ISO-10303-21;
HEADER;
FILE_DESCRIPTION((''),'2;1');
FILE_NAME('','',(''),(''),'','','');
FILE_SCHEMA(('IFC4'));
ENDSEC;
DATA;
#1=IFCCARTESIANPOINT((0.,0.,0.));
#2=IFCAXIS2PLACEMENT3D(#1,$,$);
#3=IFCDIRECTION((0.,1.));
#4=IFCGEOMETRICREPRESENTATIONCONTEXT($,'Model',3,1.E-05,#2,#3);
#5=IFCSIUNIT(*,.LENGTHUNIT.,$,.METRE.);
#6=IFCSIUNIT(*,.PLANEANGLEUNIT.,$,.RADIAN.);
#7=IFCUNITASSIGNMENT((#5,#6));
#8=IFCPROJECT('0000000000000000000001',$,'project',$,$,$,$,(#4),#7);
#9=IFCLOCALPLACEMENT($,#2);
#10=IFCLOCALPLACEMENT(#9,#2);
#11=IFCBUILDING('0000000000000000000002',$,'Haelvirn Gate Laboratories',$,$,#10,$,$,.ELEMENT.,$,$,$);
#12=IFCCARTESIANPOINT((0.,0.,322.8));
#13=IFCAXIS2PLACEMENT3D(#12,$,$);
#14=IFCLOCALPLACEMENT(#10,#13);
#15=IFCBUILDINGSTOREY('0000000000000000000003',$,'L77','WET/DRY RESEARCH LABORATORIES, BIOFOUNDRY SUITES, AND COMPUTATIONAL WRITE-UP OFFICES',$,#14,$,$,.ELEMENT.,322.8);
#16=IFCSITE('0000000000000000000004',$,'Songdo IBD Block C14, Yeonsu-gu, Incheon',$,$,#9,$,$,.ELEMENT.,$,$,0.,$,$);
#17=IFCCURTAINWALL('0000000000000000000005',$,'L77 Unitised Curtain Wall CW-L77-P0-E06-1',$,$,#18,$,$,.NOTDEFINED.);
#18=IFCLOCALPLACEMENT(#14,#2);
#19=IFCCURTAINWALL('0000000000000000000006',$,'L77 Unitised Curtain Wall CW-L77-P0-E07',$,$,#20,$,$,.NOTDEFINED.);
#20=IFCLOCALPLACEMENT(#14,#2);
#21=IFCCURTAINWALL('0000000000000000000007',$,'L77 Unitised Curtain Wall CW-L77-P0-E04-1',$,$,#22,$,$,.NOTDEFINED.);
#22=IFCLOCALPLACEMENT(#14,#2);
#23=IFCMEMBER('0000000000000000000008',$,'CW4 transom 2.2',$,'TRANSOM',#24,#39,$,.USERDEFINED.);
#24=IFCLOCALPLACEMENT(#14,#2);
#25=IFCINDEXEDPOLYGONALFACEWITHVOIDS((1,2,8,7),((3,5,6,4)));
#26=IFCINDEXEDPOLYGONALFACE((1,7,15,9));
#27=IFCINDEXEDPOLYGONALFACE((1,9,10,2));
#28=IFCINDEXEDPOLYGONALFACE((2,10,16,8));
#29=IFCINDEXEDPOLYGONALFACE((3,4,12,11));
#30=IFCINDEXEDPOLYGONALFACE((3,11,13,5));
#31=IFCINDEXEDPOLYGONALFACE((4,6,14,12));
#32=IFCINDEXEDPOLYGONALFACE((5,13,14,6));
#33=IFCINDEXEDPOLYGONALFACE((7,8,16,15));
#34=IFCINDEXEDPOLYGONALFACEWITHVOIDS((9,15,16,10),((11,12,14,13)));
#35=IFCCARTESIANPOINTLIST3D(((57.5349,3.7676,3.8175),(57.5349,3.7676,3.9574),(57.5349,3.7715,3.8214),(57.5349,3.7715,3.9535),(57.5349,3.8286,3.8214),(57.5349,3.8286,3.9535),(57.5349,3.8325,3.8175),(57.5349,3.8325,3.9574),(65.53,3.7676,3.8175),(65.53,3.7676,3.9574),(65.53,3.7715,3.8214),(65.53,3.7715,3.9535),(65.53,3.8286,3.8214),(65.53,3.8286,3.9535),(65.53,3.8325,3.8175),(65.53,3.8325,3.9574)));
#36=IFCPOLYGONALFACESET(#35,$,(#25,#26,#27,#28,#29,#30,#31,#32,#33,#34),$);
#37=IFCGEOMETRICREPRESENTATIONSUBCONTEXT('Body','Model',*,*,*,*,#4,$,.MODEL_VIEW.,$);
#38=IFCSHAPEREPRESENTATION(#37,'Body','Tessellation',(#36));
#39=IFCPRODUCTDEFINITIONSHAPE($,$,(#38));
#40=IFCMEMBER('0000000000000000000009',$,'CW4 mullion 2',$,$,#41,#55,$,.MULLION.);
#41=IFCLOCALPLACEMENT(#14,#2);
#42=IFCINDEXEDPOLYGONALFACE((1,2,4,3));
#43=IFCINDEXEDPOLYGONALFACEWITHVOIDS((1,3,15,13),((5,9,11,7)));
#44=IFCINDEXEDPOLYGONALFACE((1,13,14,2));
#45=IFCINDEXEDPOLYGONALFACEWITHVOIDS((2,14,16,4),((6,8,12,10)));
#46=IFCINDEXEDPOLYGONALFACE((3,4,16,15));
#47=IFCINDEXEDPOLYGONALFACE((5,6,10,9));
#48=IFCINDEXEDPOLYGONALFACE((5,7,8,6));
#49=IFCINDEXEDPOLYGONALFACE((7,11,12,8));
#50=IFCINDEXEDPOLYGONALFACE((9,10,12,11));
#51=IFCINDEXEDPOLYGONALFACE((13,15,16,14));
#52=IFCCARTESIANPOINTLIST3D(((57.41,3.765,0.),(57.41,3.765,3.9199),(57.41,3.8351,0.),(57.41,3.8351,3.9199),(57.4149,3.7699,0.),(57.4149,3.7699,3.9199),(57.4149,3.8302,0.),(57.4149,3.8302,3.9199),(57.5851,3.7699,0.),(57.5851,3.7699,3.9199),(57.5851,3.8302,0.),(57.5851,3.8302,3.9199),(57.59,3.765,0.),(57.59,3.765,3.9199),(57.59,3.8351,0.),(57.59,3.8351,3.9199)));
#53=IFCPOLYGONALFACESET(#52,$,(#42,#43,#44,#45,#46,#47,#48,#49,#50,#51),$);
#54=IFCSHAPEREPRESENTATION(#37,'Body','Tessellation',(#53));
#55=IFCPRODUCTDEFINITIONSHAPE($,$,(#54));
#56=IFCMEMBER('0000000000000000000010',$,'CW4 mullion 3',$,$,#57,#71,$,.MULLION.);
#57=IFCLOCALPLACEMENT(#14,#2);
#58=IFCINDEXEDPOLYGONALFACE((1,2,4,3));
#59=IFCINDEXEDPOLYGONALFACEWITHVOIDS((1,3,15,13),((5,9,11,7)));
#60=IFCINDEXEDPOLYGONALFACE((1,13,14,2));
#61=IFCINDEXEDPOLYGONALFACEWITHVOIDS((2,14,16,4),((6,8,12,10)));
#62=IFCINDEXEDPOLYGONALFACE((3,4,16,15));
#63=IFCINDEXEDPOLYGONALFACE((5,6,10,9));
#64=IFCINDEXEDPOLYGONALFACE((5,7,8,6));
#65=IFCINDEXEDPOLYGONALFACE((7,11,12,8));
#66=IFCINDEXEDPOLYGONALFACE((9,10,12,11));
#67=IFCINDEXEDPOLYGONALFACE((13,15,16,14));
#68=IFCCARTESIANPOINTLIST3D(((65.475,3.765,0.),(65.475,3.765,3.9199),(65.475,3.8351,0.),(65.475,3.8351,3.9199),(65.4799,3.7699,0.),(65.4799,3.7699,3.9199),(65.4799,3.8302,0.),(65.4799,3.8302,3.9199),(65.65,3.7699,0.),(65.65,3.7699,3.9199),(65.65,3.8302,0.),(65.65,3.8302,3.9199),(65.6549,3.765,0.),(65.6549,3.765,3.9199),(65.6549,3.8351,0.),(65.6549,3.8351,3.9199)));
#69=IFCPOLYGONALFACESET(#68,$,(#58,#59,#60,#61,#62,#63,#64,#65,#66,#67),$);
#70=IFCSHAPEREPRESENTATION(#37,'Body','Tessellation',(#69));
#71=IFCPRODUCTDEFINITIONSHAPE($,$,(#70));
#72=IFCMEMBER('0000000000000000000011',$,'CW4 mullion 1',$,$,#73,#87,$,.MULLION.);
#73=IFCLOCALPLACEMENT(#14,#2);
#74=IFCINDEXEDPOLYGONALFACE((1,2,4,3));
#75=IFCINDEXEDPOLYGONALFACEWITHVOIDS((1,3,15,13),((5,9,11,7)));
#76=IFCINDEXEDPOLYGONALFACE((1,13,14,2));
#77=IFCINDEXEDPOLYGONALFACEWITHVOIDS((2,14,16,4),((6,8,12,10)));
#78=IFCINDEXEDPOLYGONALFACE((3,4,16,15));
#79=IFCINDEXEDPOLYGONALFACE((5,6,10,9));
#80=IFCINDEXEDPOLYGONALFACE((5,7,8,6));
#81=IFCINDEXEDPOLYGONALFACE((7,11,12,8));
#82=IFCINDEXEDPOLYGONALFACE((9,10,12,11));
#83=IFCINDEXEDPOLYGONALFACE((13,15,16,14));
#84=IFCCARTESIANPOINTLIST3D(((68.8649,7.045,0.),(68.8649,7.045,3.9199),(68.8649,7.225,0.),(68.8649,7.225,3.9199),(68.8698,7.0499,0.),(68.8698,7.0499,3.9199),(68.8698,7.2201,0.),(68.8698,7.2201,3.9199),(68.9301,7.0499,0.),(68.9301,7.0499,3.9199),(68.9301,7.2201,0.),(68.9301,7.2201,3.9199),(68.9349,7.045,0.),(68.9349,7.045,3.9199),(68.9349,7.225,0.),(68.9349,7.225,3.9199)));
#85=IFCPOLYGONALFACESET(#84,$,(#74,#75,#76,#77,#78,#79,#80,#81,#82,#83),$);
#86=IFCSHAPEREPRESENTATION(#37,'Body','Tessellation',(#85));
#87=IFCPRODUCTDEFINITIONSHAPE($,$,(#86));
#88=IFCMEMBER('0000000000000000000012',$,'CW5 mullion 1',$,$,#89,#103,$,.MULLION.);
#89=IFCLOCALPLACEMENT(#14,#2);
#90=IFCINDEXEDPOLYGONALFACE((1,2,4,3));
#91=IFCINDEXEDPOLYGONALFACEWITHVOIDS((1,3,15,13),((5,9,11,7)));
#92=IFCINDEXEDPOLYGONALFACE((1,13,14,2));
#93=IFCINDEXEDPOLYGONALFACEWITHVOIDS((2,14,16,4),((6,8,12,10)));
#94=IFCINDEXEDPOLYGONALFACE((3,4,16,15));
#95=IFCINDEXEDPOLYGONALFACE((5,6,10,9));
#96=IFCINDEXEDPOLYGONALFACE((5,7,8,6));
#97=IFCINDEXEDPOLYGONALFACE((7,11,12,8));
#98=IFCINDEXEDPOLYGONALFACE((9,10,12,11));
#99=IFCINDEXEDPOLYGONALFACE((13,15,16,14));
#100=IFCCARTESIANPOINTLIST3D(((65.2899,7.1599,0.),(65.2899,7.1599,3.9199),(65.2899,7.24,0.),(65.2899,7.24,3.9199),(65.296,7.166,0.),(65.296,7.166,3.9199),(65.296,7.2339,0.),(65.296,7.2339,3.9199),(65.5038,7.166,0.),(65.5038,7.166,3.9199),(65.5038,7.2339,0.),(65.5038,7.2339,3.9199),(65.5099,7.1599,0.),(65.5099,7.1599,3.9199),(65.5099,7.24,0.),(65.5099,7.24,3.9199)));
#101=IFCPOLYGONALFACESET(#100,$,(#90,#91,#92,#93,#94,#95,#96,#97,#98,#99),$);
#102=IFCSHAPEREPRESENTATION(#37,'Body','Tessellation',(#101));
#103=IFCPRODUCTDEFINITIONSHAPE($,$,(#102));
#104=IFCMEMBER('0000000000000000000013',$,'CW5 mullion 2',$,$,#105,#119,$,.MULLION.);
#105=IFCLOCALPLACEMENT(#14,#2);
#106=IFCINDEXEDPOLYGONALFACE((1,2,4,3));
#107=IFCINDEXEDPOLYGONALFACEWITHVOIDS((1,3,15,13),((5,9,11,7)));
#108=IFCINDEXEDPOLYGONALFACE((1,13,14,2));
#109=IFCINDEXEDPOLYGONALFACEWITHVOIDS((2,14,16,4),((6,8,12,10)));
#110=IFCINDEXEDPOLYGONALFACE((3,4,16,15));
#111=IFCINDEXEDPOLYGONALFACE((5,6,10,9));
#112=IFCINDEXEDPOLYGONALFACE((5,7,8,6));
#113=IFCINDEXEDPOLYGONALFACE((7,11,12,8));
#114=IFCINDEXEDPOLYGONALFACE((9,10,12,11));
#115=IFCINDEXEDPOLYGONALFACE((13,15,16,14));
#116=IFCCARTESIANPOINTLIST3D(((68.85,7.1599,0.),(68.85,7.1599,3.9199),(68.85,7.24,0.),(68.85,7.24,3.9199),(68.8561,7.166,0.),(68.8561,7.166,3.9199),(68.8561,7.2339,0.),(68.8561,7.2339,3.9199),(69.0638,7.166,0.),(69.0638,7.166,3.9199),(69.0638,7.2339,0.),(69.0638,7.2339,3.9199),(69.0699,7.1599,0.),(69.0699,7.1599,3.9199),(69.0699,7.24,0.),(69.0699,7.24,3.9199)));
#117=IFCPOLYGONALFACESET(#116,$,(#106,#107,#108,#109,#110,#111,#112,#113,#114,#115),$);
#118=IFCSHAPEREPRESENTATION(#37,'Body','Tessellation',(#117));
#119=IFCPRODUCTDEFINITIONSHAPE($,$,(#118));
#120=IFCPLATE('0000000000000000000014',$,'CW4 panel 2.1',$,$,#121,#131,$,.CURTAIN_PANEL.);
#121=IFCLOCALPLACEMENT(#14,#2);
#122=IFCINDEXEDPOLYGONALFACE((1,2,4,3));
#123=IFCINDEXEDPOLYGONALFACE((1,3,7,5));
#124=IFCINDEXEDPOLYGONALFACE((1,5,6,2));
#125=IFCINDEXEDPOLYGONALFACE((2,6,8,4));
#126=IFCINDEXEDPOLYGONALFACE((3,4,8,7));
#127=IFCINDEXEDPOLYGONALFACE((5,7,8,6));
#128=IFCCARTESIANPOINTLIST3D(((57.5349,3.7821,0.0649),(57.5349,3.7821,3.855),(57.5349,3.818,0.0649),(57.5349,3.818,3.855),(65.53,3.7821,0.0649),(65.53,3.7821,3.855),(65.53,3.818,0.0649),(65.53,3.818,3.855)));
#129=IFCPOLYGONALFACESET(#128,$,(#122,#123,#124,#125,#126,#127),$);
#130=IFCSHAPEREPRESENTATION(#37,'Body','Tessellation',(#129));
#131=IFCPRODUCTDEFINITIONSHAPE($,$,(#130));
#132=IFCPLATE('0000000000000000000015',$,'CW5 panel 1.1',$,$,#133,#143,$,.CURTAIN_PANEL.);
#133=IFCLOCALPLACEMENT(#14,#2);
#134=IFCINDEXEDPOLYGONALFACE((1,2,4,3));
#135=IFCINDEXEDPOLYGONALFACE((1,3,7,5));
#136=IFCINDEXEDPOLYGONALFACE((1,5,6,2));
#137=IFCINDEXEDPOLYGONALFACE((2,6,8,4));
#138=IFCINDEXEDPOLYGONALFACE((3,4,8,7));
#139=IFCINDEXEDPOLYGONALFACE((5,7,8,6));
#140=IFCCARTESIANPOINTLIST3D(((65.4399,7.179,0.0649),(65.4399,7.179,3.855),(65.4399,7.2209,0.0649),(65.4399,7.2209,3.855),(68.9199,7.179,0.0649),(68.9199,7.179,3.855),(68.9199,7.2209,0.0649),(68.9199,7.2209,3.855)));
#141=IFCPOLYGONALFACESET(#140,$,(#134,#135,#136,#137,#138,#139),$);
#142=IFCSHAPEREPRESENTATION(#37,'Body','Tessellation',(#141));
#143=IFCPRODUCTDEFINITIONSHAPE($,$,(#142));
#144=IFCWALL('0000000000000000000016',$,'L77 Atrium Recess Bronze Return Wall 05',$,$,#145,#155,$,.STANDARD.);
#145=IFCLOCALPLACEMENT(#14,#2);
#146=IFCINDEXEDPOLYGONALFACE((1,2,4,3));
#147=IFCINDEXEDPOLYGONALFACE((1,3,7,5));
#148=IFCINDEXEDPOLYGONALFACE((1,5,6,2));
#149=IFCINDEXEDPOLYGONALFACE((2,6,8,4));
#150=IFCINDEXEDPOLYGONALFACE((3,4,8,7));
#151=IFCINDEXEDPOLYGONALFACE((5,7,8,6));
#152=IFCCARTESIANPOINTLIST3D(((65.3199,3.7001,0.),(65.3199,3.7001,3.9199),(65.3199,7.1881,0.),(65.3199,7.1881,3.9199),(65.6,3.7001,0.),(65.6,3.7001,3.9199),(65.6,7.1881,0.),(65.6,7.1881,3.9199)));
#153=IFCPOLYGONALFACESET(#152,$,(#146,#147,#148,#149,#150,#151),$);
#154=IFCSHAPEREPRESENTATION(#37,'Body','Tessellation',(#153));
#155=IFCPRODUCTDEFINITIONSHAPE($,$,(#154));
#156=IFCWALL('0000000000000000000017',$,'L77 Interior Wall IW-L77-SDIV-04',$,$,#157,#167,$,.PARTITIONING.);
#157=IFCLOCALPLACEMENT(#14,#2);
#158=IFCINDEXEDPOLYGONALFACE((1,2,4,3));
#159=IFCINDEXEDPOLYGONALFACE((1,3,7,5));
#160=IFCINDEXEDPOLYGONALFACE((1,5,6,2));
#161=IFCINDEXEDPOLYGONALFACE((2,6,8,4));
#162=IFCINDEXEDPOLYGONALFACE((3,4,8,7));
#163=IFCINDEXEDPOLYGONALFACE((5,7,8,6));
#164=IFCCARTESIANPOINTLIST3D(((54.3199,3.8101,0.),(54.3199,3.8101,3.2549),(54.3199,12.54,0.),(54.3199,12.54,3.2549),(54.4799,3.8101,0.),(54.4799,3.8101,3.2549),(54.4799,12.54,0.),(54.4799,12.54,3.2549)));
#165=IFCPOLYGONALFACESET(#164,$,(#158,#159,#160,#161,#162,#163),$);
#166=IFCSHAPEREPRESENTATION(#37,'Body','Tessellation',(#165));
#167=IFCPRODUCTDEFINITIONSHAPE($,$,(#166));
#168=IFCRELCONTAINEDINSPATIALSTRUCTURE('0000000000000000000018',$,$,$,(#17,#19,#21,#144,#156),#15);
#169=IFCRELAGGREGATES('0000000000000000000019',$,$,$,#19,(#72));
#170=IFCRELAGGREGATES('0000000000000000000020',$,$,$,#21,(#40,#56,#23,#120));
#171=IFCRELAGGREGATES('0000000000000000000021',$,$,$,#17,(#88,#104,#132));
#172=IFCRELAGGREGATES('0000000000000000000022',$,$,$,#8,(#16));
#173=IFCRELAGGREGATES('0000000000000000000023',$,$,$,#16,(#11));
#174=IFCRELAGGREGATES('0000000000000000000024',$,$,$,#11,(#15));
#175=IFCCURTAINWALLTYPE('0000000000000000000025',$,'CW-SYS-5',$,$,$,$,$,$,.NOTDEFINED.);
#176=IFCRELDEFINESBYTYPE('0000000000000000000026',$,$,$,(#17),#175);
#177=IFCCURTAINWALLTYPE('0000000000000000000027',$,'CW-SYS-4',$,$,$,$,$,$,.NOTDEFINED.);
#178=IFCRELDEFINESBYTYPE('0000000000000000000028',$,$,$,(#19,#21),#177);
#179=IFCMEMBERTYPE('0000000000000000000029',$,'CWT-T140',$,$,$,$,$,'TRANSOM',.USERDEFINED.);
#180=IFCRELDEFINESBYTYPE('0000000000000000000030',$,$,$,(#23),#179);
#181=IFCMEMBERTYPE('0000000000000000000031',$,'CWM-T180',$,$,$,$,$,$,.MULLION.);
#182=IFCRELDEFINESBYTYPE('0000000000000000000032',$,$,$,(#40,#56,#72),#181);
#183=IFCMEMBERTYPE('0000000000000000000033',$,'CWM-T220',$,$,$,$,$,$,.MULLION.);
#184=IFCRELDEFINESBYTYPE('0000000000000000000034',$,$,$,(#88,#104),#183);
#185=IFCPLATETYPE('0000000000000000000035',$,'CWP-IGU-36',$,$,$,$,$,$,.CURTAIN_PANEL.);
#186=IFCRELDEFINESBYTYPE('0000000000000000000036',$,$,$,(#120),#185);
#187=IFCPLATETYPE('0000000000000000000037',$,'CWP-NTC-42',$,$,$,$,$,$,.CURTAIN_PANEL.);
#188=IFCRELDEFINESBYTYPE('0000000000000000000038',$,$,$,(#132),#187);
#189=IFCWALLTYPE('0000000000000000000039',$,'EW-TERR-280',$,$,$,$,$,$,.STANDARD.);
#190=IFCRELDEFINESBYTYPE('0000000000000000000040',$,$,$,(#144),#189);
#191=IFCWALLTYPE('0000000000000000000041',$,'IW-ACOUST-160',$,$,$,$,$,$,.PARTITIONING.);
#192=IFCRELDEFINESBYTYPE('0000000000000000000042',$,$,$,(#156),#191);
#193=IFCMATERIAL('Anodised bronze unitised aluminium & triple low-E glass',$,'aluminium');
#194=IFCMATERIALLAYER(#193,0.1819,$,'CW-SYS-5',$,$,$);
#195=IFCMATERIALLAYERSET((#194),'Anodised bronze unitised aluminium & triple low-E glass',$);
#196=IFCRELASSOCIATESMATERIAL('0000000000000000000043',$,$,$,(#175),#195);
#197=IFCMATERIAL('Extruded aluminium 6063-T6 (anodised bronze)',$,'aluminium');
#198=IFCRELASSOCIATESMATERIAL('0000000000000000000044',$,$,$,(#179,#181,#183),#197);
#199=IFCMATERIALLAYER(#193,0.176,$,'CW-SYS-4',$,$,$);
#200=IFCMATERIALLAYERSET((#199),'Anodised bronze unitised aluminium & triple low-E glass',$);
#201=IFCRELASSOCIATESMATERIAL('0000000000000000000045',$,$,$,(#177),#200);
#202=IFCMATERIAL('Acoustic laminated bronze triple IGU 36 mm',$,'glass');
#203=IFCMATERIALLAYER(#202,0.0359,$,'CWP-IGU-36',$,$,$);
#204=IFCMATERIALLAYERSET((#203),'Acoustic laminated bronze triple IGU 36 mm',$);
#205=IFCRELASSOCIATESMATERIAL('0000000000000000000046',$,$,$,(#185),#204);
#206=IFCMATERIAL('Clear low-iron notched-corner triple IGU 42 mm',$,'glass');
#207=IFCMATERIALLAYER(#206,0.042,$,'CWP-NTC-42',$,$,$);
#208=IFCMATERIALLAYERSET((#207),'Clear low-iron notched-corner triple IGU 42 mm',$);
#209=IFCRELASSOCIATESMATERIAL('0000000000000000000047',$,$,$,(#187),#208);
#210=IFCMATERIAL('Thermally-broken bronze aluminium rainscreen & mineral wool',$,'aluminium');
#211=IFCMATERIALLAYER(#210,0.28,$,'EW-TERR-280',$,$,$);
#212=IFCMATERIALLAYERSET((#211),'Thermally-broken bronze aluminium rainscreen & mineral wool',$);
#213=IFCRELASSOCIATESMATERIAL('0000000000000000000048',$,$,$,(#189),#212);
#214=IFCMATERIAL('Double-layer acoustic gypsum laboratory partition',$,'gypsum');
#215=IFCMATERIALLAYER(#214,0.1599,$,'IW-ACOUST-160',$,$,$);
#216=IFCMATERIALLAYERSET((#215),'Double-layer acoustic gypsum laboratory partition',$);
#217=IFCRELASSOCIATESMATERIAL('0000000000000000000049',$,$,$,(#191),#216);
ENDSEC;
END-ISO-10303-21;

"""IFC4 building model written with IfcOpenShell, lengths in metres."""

from ifc_helpers import new_model, si_unit, direction, frame, frame_2d, origin, origin_2d, place, context, subcontext, project, spatial, rectangle, hollow_rectangle, extrude, source, transform, mapped, material, layer, layer_set, material_profile, profile_set, type_object, type_shapes, element, aggregate, save


model = new_model("IFC4")

# Units and contexts
model_context = context("Model", 3, precision=1e-05, world=origin(), true_north=direction((0.0, 1.0)))
body_context = subcontext(model_context, "Body", "Model", "MODEL_VIEW")
ifc_project = project(units=[si_unit("LENGTHUNIT", "METRE"), si_unit("PLANEANGLEUNIT", "RADIAN")], contexts=[model_context])

# Site, building, storey
site_placement = place(None, origin())
site = spatial("IfcSite", under=ifc_project, at=site_placement, Name="Songdo IBD Block C14, Yeonsu-gu, Incheon", CompositionType="ELEMENT", RefElevation=0.0)
building_placement = place(site_placement, origin())
building = spatial("IfcBuilding", under=site, at=building_placement, Name="Haelvirn Gate Laboratories", CompositionType="ELEMENT")
storey_placement = place(building_placement, frame((0.0, 0.0, 322.8)))
storey = spatial("IfcBuildingStorey", under=building, at=storey_placement, Name="L77", Description="WET/DRY RESEARCH LABORATORIES, BIOFOUNDRY SUITES, AND COMPUTATIONAL WRITE-UP OFFICES", CompositionType="ELEMENT", Elevation=322.8)

# Curtain walls, members
ifc_material_1 = material(Name="Anodised bronze unitised aluminium & triple low-E glass", Category="aluminium")
ifc_layer_1 = layer(ifc_material_1, 0.1819, Name="CW-SYS-5")
ifc_layer_set_1 = layer_set([ifc_layer_1], Name="Anodised bronze unitised aluminium & triple low-E glass")
curtain_wall_type_1 = type_object("IfcCurtainWallType", Name="CW-SYS-5", PredefinedType="NOTDEFINED", material=ifc_layer_set_1)
curtain_wall_1_placement = place(storey_placement, origin())
curtain_wall_1 = element("IfcCurtainWall", 1, at=curtain_wall_1_placement, inside=storey, type_object=curtain_wall_type_1, Name="L77 Unitised Curtain Wall CW-L77-P0-E06-1", PredefinedType="NOTDEFINED")
ifc_material_2 = material(Name="Extruded aluminium 6063-T6 (anodised bronze)", Category="aluminium")
ifc_material_profile_1 = material_profile(ifc_material_2, hollow_rectangle(XDim=0.0649, YDim=0.1399, WallThickness=0.0039, at=origin_2d()), Name="CWT-140x65x4")
ifc_profile_set_1 = profile_set([ifc_material_profile_1], Name="Extruded aluminium 6063-T6 (anodised bronze)")
member_type_1 = type_object("IfcMemberType", Name="CWT-T140", ElementType="TRANSOM", PredefinedType="USERDEFINED", material=ifc_profile_set_1)
ifc_layer_2 = layer(ifc_material_1, 0.176, Name="CW-SYS-4")
ifc_layer_set_2 = layer_set([ifc_layer_2], Name="Anodised bronze unitised aluminium & triple low-E glass")
curtain_wall_type_2 = type_object("IfcCurtainWallType", Name="CW-SYS-4", PredefinedType="NOTDEFINED", material=ifc_layer_set_2)
curtain_wall_2_placement = place(storey_placement, origin())
curtain_wall_2 = element("IfcCurtainWall", 2, at=curtain_wall_2_placement, inside=storey, type_object=curtain_wall_type_2, Name="L77 Unitised Curtain Wall CW-L77-P0-E07", PredefinedType="NOTDEFINED")
curtain_wall_3_placement = place(storey_placement, origin())
curtain_wall_3 = element("IfcCurtainWall", 3, at=curtain_wall_3_placement, inside=storey, type_object=curtain_wall_type_2, Name="L77 Unitised Curtain Wall CW-L77-P0-E04-1", PredefinedType="NOTDEFINED")
shared_shape_1 = source(origin(), body_context, "Body", "SweptSolid", [
    extrude(hollow_rectangle(XDim=0.0649, YDim=0.1399, WallThickness=0.0039, at=origin_2d()), origin(), (0.0, 0.0, 1.0), 7.9951),
])
member_1_placement = place(storey_placement, frame((57.5349, 3.8, 3.8875), z_axis=(1.0, 0.0, 0.0), x_axis=(0.0, 1.0, 0.0)))
member_1 = element("IfcMember", 4, at=member_1_placement, type_object=member_type_1, Name="CW4 transom 2.2", ObjectType="TRANSOM", PredefinedType="USERDEFINED", context=body_context, shape_type="MappedRepresentation", body=[
    mapped(shared_shape_1, transform((0.0, 0.0, 0.0), scale=1.0)),
])
ifc_material_profile_2 = material_profile(ifc_material_2, hollow_rectangle(XDim=0.0701, YDim=0.1799, WallThickness=0.0049, at=origin_2d()), Name="CWM-180x70x5")
ifc_profile_set_2 = profile_set([ifc_material_profile_2], Name="Extruded aluminium 6063-T6 (anodised bronze)")
member_type_2 = type_object("IfcMemberType", Name="CWM-T180", PredefinedType="MULLION", material=ifc_profile_set_2)
shared_shape_2 = source(origin(), body_context, "Body", "SweptSolid", [
    extrude(hollow_rectangle(XDim=0.0701, YDim=0.1799, WallThickness=0.0049, at=origin_2d()), origin(), (0.0, 0.0, 1.0), 3.9199),
])
type_shapes(member_type_2, [shared_shape_2])
member_2_placement = place(storey_placement, frame((57.5, 3.8, 0.0), z_axis=(0.0, 0.0, 1.0), x_axis=(0.0, 1.0, 0.0)))
member_2 = element("IfcMember", 5, at=member_2_placement, type_object=member_type_2, Name="CW4 mullion 2", PredefinedType="MULLION", context=body_context, shape_type="MappedRepresentation", body=[
    mapped(shared_shape_2, transform((0.0, 0.0, 0.0), scale=1.0)),
])
member_3_placement = place(storey_placement, frame((65.5649, 3.8, 0.0), z_axis=(0.0, 0.0, 1.0), x_axis=(0.0, 1.0, 0.0)))
member_3 = element("IfcMember", 6, at=member_3_placement, type_object=member_type_2, Name="CW4 mullion 3", PredefinedType="MULLION", context=body_context, shape_type="MappedRepresentation", body=[
    mapped(shared_shape_2, transform((0.0, 0.0, 0.0), scale=1.0)),
])

# Members
member_4_placement = place(storey_placement, frame((68.8999, 7.135, 0.0), z_axis=(0.0, 0.0, 1.0), x_axis=(-1.0, 0.0, 0.0)))
member_4 = element("IfcMember", 7, at=member_4_placement, type_object=member_type_2, Name="CW4 mullion 1", PredefinedType="MULLION", context=body_context, shape_type="MappedRepresentation", body=[
    mapped(shared_shape_2, transform((0.0, 0.0, 0.0), scale=1.0)),
])
aggregate(curtain_wall_2, [member_4])
ifc_material_profile_3 = material_profile(ifc_material_2, hollow_rectangle(XDim=0.0801, YDim=0.22, WallThickness=0.0061, at=origin_2d()), Name="CWM-220x80x6")
ifc_profile_set_3 = profile_set([ifc_material_profile_3], Name="Extruded aluminium 6063-T6 (anodised bronze)")
member_type_3 = type_object("IfcMemberType", Name="CWM-T220", PredefinedType="MULLION", material=ifc_profile_set_3)
shared_shape_3 = source(origin(), body_context, "Body", "SweptSolid", [
    extrude(hollow_rectangle(XDim=0.0801, YDim=0.22, WallThickness=0.0061, at=origin_2d()), origin(), (0.0, 0.0, 1.0), 3.9199),
])
type_shapes(member_type_3, [shared_shape_3])
member_5_placement = place(storey_placement, frame((65.3999, 7.2, 0.0), z_axis=(0.0, 0.0, 1.0), x_axis=(0.0, 1.0, 0.0)))
member_5 = element("IfcMember", 8, at=member_5_placement, type_object=member_type_3, Name="CW5 mullion 1", PredefinedType="MULLION", context=body_context, shape_type="MappedRepresentation", body=[
    mapped(shared_shape_3, transform((0.0, 0.0, 0.0), scale=1.0)),
])
member_6_placement = place(storey_placement, frame((68.96, 7.2, 0.0), z_axis=(0.0, 0.0, 1.0), x_axis=(0.0, 1.0, 0.0)))
member_6 = element("IfcMember", 9, at=member_6_placement, type_object=member_type_3, Name="CW5 mullion 2", PredefinedType="MULLION", context=body_context, shape_type="MappedRepresentation", body=[
    mapped(shared_shape_3, transform((0.0, 0.0, 0.0), scale=1.0)),
])

# Plates
ifc_material_3 = material(Name="Acoustic laminated bronze triple IGU 36 mm", Category="glass")
ifc_layer_3 = layer(ifc_material_3, 0.0359, Name="CWP-IGU-36")
ifc_layer_set_3 = layer_set([ifc_layer_3], Name="Acoustic laminated bronze triple IGU 36 mm")
plate_type_1 = type_object("IfcPlateType", Name="CWP-IGU-36", PredefinedType="CURTAIN_PANEL", material=ifc_layer_set_3)
shared_shape_4 = source(origin(), body_context, "Body", "SweptSolid", [
    extrude(rectangle(XDim=7.9951, YDim=0.0359, at=origin_2d()), origin(), (0.0, 0.0, 1.0), 3.79),
])
type_shapes(plate_type_1, [shared_shape_4])
plate_1_placement = place(storey_placement, frame((61.5325, 3.8, 0.0649), z_axis=(0.0, 0.0, 1.0), x_axis=(1.0, 0.0, 0.0)))
plate_1 = element("IfcPlate", 10, at=plate_1_placement, type_object=plate_type_1, Name="CW4 panel 2.1", PredefinedType="CURTAIN_PANEL", context=body_context, shape_type="MappedRepresentation", body=[
    mapped(shared_shape_4, transform((0.0, 0.0, 0.0), scale=1.0)),
])
aggregate(curtain_wall_3, [member_2, member_3, member_1, plate_1])
ifc_material_4 = material(Name="Clear low-iron notched-corner triple IGU 42 mm", Category="glass")
ifc_layer_4 = layer(ifc_material_4, 0.042, Name="CWP-NTC-42")
ifc_layer_set_4 = layer_set([ifc_layer_4], Name="Clear low-iron notched-corner triple IGU 42 mm")
plate_type_2 = type_object("IfcPlateType", Name="CWP-NTC-42", PredefinedType="CURTAIN_PANEL", material=ifc_layer_set_4)
shared_shape_5 = source(origin(), body_context, "Body", "SweptSolid", [
    extrude(rectangle(XDim=3.48, YDim=0.042, at=origin_2d()), origin(), (0.0, 0.0, 1.0), 3.79),
])
type_shapes(plate_type_2, [shared_shape_5])
plate_2_placement = place(storey_placement, frame((67.1799, 7.2, 0.0649), z_axis=(0.0, 0.0, 1.0), x_axis=(1.0, 0.0, 0.0)))
plate_2 = element("IfcPlate", 11, at=plate_2_placement, type_object=plate_type_2, Name="CW5 panel 1.1", PredefinedType="CURTAIN_PANEL", context=body_context, shape_type="MappedRepresentation", body=[
    mapped(shared_shape_5, transform((0.0, 0.0, 0.0), scale=1.0)),
])
aggregate(curtain_wall_1, [member_5, member_6, plate_2])

# Walls
ifc_material_5 = material(Name="Thermally-broken bronze aluminium rainscreen & mineral wool", Category="aluminium")
ifc_layer_5 = layer(ifc_material_5, 0.28, Name="EW-TERR-280")
ifc_layer_set_5 = layer_set([ifc_layer_5], Name="Thermally-broken bronze aluminium rainscreen & mineral wool")
wall_type_1 = type_object("IfcWallType", Name="EW-TERR-280", PredefinedType="STANDARD", material=ifc_layer_set_5)
wall_1_placement = place(storey_placement, frame((65.46, 3.7, 0.0), z_axis=(0.0, 0.0, 1.0), x_axis=(0.0, 1.0, 0.0)))
element("IfcWall", 12, at=wall_1_placement, inside=storey, type_object=wall_type_1, Name="L77 Atrium Recess Bronze Return Wall 05", PredefinedType="STANDARD", context=body_context, shape_type="SweptSolid", body=[
    extrude(rectangle(XDim=3.488, YDim=0.28, at=frame_2d((1.7441, 0.0))), origin(), (0.0, 0.0, 1.0), 3.9199),
])
ifc_material_6 = material(Name="Double-layer acoustic gypsum laboratory partition", Category="gypsum")
ifc_layer_6 = layer(ifc_material_6, 0.1599, Name="IW-ACOUST-160")
ifc_layer_set_6 = layer_set([ifc_layer_6], Name="Double-layer acoustic gypsum laboratory partition")
wall_type_2 = type_object("IfcWallType", Name="IW-ACOUST-160", PredefinedType="PARTITIONING", material=ifc_layer_set_6)
wall_2_placement = place(storey_placement, frame((54.3999, 3.8101, 0.0), z_axis=(0.0, 0.0, 1.0), x_axis=(0.0, 1.0, 0.0)))
element("IfcWall", 13, at=wall_2_placement, inside=storey, type_object=wall_type_2, Name="L77 Interior Wall IW-L77-SDIV-04", PredefinedType="PARTITIONING", context=body_context, shape_type="SweptSolid", body=[
    extrude(rectangle(XDim=8.73, YDim=0.1599, at=frame_2d((4.365, 0.0))), origin(), (0.0, 0.0, 1.0), 3.2549),
])

save(model, "model.ifc")
